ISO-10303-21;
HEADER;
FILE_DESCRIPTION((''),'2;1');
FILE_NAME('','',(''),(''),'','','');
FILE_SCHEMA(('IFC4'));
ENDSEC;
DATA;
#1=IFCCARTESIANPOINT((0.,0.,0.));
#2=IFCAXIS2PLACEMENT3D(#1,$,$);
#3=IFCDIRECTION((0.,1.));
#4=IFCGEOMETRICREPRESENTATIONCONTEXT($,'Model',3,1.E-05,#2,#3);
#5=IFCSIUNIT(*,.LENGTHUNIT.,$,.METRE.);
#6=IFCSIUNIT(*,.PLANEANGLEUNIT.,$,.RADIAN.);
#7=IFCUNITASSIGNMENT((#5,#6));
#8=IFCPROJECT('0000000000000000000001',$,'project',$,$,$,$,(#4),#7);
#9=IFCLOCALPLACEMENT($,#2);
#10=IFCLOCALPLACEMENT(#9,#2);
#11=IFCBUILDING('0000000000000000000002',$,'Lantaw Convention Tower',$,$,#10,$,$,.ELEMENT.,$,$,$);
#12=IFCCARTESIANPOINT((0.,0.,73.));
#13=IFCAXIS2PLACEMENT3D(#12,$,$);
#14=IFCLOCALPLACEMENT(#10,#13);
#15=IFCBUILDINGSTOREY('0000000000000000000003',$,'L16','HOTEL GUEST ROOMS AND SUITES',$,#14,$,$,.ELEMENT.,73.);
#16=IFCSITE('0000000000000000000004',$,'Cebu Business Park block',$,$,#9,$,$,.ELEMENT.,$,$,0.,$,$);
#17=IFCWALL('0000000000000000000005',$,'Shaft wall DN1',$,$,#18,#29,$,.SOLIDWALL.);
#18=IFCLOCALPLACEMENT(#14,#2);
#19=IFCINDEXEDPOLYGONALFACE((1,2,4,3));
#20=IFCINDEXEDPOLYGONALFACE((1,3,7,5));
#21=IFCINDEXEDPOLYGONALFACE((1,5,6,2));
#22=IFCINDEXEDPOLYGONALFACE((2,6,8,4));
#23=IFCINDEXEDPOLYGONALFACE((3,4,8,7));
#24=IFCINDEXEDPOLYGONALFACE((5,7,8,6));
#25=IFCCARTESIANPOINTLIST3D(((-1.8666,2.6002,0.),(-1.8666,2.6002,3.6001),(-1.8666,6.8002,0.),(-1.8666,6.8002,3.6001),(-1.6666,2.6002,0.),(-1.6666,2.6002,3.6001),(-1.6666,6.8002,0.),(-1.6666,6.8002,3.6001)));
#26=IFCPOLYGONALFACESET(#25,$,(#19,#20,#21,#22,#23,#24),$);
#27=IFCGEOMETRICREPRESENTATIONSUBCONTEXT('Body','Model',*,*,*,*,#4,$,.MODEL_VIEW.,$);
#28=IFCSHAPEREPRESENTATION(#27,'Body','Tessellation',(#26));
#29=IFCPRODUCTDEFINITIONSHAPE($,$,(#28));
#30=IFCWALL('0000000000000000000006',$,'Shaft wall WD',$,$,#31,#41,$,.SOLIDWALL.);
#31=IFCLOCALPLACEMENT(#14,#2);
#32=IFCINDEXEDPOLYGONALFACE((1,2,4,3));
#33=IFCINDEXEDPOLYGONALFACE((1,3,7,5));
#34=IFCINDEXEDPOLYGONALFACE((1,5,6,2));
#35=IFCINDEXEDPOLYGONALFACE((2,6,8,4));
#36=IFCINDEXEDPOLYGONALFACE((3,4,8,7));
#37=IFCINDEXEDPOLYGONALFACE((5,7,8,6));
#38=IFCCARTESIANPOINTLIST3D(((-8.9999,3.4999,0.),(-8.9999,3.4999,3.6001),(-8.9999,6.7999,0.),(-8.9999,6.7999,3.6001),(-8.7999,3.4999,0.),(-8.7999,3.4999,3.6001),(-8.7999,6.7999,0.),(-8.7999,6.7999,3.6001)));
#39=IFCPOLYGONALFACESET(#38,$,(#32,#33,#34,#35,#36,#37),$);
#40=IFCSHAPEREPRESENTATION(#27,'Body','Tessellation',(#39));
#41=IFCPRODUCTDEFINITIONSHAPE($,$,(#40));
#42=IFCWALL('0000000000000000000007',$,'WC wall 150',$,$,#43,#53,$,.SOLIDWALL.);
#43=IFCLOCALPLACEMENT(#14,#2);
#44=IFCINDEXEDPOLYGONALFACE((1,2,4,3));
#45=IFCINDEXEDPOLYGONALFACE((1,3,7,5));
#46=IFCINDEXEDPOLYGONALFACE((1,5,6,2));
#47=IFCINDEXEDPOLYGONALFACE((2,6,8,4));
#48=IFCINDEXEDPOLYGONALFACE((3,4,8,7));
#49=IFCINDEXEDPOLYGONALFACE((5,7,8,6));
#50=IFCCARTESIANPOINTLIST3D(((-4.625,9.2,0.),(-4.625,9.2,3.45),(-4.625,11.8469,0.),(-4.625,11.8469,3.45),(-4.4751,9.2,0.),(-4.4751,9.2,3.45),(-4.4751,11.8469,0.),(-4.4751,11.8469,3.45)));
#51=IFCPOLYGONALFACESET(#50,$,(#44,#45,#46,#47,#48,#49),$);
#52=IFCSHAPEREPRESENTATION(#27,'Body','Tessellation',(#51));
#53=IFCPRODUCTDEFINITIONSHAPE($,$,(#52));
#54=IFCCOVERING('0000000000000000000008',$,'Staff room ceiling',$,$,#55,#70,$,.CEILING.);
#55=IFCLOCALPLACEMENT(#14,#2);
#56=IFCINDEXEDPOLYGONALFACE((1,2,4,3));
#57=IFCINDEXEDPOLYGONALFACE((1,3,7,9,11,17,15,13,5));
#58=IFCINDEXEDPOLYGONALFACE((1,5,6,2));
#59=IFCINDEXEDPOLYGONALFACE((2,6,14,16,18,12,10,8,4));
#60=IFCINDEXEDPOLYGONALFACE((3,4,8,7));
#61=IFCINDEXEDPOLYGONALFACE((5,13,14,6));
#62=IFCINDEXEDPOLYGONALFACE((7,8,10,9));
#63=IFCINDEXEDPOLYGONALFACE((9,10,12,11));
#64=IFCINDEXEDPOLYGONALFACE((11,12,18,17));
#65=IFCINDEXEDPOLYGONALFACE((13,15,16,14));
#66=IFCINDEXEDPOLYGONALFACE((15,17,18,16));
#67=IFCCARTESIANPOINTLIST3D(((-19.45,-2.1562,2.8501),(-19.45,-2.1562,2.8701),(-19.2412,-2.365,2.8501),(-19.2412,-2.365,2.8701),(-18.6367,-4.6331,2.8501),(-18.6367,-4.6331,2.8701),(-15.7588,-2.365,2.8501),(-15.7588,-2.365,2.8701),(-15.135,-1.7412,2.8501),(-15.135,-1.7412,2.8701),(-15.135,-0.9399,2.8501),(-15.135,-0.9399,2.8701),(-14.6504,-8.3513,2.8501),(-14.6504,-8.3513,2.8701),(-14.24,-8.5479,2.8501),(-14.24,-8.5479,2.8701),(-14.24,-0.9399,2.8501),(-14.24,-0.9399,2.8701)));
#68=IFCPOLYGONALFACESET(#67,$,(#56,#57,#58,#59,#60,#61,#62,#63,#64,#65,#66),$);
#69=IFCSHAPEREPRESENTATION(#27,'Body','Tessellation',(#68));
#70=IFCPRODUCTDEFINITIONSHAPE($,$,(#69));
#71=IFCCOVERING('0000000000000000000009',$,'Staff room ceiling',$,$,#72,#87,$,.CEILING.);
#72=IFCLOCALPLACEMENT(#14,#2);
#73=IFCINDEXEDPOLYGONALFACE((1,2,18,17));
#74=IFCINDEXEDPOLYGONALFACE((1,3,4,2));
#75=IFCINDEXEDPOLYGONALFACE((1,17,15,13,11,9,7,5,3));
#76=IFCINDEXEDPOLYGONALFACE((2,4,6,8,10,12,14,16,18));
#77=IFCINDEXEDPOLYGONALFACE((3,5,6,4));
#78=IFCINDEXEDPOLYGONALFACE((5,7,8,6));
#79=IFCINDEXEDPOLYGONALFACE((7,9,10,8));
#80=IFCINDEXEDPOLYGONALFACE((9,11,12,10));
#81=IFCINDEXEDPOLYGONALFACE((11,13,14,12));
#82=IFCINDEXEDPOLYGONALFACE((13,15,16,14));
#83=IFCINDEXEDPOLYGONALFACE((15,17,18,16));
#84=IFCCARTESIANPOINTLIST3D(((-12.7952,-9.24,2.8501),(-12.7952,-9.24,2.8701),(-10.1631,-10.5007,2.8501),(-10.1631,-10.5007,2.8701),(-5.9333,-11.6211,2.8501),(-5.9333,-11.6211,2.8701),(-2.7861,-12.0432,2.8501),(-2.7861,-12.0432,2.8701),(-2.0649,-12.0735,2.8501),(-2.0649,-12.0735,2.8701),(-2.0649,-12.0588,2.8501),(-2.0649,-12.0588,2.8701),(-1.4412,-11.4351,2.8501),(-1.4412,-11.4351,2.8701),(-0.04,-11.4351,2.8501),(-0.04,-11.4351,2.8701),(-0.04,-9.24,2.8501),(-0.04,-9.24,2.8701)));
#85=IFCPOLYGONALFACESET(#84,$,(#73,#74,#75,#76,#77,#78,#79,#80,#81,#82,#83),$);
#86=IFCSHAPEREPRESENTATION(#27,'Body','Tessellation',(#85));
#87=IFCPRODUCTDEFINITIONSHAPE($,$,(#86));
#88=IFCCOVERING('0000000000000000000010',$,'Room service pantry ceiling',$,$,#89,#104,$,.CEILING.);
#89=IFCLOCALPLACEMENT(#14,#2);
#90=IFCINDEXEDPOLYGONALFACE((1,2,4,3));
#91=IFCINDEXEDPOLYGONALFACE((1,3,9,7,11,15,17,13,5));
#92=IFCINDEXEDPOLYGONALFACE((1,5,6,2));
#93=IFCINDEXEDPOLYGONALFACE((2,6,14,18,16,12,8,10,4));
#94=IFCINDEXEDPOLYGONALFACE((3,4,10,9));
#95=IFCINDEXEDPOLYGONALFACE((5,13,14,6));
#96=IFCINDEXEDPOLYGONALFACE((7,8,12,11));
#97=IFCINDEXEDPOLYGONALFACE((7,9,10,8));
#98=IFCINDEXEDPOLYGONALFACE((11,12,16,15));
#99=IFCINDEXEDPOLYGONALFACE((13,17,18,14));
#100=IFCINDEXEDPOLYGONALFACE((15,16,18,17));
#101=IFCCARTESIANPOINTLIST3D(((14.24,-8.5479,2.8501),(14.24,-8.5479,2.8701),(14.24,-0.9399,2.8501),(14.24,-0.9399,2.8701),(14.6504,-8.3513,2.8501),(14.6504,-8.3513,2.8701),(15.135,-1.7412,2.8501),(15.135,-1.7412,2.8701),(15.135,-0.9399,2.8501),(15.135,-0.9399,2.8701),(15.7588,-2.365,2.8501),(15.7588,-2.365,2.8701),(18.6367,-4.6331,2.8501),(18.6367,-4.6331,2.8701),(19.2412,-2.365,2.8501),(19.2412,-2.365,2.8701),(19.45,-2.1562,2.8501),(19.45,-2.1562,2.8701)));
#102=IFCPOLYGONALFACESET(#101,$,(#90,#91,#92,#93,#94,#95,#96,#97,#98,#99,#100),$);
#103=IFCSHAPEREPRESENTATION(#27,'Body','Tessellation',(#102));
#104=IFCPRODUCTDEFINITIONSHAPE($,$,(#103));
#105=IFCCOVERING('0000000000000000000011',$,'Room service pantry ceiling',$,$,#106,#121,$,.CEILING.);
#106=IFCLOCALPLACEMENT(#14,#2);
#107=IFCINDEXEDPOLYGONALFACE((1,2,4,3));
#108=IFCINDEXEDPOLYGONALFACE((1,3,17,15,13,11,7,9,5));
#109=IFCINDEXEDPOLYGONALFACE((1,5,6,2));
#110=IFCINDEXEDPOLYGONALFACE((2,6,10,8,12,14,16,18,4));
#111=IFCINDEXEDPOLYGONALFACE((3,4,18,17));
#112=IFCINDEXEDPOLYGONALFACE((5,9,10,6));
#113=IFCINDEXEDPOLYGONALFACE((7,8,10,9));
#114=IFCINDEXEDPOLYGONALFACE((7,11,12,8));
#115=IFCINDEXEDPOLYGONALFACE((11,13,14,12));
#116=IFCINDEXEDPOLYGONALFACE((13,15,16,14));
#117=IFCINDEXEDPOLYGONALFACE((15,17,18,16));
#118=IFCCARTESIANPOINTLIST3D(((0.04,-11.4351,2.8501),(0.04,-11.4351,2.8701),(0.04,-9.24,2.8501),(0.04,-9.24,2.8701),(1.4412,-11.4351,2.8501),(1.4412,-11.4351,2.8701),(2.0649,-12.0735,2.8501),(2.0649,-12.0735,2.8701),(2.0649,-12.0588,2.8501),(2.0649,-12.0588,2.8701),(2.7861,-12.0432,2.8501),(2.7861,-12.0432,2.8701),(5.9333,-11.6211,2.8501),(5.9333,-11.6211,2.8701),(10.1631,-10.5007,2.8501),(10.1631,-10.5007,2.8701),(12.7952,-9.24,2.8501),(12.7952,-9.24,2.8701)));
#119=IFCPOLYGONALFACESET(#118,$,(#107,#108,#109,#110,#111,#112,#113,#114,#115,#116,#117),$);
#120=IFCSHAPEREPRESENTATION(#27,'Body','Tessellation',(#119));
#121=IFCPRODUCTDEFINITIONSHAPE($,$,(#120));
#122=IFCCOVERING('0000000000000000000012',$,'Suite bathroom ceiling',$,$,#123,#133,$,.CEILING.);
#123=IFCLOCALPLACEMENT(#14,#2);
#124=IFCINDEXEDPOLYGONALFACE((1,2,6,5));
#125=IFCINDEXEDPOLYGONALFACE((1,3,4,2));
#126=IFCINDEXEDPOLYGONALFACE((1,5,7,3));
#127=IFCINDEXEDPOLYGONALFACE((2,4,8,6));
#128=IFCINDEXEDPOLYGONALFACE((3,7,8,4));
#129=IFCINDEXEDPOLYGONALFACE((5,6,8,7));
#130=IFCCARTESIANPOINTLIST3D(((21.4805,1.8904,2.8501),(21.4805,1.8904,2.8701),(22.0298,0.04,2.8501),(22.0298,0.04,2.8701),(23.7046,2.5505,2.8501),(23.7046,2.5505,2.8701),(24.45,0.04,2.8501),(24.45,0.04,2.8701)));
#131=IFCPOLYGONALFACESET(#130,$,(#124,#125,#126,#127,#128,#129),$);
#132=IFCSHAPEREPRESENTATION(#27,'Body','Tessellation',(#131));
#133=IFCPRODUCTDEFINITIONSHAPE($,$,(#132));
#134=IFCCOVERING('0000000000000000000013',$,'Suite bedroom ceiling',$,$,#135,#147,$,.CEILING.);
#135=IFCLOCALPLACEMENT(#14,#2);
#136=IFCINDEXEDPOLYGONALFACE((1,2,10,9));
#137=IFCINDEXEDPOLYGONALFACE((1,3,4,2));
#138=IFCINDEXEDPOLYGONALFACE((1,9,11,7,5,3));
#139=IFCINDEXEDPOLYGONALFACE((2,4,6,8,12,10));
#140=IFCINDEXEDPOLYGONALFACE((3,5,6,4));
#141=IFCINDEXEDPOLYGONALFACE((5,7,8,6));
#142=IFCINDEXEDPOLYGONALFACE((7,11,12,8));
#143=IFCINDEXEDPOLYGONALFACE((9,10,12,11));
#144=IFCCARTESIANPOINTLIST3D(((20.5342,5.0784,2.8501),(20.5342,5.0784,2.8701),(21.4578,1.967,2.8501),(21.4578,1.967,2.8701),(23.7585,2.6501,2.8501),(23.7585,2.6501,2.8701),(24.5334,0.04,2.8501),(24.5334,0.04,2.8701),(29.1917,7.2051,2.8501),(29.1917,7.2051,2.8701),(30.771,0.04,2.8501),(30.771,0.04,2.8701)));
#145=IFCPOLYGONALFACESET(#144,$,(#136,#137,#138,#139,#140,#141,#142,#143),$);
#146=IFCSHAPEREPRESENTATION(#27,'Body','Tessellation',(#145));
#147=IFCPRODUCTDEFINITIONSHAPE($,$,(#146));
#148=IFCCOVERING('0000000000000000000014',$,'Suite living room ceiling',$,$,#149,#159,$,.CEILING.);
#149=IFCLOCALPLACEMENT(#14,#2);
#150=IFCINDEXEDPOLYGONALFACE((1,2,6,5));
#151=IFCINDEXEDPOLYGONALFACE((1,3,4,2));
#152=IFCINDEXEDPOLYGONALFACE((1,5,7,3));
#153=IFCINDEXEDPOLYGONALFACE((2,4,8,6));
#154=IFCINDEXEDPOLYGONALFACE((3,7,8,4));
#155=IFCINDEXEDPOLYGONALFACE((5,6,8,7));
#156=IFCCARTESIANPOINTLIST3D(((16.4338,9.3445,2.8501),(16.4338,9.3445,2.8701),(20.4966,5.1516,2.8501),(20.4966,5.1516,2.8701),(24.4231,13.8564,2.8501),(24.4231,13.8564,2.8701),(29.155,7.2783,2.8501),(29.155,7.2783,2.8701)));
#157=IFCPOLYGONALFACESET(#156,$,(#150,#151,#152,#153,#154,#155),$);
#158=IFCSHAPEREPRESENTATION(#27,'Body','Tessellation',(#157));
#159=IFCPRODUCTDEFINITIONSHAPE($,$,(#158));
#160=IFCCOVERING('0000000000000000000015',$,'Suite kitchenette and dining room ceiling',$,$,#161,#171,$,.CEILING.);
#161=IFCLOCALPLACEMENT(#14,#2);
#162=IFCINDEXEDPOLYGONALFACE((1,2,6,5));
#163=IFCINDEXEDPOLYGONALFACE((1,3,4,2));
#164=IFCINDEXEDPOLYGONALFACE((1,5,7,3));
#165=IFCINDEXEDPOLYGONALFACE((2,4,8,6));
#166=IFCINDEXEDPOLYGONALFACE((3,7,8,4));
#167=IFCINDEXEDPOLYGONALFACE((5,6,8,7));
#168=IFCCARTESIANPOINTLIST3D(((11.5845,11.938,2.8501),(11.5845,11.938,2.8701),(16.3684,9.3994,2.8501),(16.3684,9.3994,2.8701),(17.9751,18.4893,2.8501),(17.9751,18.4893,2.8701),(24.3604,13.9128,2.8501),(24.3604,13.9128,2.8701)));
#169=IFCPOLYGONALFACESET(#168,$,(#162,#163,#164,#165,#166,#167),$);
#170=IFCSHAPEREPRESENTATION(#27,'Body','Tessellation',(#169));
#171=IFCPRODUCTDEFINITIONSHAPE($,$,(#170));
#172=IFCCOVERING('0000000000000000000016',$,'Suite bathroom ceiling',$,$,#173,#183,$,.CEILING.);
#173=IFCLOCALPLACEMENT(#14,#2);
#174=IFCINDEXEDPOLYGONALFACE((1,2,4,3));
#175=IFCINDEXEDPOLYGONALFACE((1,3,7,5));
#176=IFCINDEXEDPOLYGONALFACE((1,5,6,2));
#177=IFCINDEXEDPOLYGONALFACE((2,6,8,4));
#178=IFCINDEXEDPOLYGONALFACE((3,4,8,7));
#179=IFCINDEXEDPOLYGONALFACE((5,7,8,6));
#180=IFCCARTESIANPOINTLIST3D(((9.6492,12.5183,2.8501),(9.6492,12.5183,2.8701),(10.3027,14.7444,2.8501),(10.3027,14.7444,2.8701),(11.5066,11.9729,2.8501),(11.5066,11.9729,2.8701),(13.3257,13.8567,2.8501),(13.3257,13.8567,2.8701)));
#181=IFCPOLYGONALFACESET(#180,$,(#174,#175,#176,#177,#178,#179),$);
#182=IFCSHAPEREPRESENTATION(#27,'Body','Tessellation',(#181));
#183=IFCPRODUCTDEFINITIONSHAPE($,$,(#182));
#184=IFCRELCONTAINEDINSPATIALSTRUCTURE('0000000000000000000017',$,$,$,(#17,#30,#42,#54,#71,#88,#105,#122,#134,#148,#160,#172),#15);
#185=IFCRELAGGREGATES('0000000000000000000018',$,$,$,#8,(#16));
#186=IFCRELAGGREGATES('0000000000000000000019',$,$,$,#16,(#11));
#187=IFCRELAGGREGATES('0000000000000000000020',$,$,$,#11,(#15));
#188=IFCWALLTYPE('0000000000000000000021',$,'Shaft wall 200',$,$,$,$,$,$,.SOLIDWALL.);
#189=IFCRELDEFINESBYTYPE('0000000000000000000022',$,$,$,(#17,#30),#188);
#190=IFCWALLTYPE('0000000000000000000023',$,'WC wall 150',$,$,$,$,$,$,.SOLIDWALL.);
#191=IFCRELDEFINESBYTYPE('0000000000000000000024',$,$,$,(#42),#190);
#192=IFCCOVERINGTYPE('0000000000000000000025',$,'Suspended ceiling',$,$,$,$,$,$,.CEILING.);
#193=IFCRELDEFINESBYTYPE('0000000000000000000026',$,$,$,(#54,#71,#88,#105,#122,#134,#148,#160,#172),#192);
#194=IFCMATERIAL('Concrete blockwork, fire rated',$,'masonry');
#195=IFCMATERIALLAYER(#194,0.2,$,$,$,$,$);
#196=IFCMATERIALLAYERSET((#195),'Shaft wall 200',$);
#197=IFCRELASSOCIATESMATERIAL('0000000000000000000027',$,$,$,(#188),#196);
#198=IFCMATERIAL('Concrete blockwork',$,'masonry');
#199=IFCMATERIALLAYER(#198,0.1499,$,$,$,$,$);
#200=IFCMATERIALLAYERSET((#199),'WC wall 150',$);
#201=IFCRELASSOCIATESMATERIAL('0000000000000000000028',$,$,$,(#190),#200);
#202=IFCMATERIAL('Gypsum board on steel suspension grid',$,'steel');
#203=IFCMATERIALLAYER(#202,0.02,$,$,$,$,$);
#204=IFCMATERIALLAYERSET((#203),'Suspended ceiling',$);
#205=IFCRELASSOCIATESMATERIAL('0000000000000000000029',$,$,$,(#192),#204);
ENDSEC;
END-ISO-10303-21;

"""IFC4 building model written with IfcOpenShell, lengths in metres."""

from ifc_helpers import new_model, si_unit, direction, frame, frame_2d, origin, place, context, subcontext, project, spatial, polyline, rectangle, outline, extrude, material, layer, layer_set, type_object, element, save


model = new_model("IFC4")

# Units and contexts
model_context = context("Model", 3, precision=1e-05, world=origin(), true_north=direction((0.0, 1.0)))
body_context = subcontext(model_context, "Body", "Model", "MODEL_VIEW")
ifc_project = project(units=[si_unit("LENGTHUNIT", "METRE"), si_unit("PLANEANGLEUNIT", "RADIAN")], contexts=[model_context])

# Site, building, storey
site_placement = place(None, origin())
site = spatial("IfcSite", under=ifc_project, at=site_placement, Name="Cebu Business Park block", CompositionType="ELEMENT", RefElevation=0.0)
building_placement = place(site_placement, origin())
building = spatial("IfcBuilding", under=site, at=building_placement, Name="Lantaw Convention Tower", CompositionType="ELEMENT")
storey_placement = place(building_placement, frame((0.0, 0.0, 73.0)))
storey = spatial("IfcBuildingStorey", under=building, at=storey_placement, Name="L16", Description="HOTEL GUEST ROOMS AND SUITES", CompositionType="ELEMENT", Elevation=73.0)

# Walls
ifc_material_1 = material(Name="Concrete blockwork, fire rated", Category="masonry")
ifc_layer_1 = layer(ifc_material_1, 0.2)
ifc_layer_set_1 = layer_set([ifc_layer_1], Name="Shaft wall 200")
wall_type_1 = type_object("IfcWallType", Name="Shaft wall 200", PredefinedType="SOLIDWALL", material=ifc_layer_set_1)
wall_1_placement = place(storey_placement, frame((-1.7666, 2.6001, 0.0), z_axis=(0.0, 0.0, 1.0), x_axis=(0.0, 1.0, 0.0)))
element("IfcWall", 1, at=wall_1_placement, inside=storey, type_object=wall_type_1, Name="Shaft wall DN1", PredefinedType="SOLIDWALL", context=body_context, shape_type="SweptSolid", body=[
    extrude(rectangle(XDim=4.2, YDim=0.2, at=frame_2d((2.1001, 0.0))), origin(), (0.0, 0.0, 1.0), 3.6001),
])
wall_2_placement = place(storey_placement, frame((-8.8999, 3.5, 0.0), z_axis=(0.0, 0.0, 1.0), x_axis=(0.0, 1.0, 0.0)))
element("IfcWall", 2, at=wall_2_placement, inside=storey, type_object=wall_type_1, Name="Shaft wall WD", PredefinedType="SOLIDWALL", context=body_context, shape_type="SweptSolid", body=[
    extrude(rectangle(XDim=3.3, YDim=0.2, at=frame_2d((1.6499, 0.0))), origin(), (0.0, 0.0, 1.0), 3.6001),
])
ifc_material_2 = material(Name="Concrete blockwork", Category="masonry")
ifc_layer_2 = layer(ifc_material_2, 0.1499)
ifc_layer_set_2 = layer_set([ifc_layer_2], Name="WC wall 150")
wall_type_2 = type_object("IfcWallType", Name="WC wall 150", PredefinedType="SOLIDWALL", material=ifc_layer_set_2)
wall_3_placement = place(storey_placement, frame((-4.55, 9.2, 0.0), z_axis=(0.0, 0.0, 1.0), x_axis=(0.0, 1.0, 0.0)))
element("IfcWall", 3, at=wall_3_placement, inside=storey, type_object=wall_type_2, Name="WC wall 150", PredefinedType="SOLIDWALL", context=body_context, shape_type="SweptSolid", body=[
    extrude(rectangle(XDim=2.647, YDim=0.1499, at=frame_2d((1.3235, 0.0))), origin(), (0.0, 0.0, 1.0), 3.45),
])

# Coverings
ifc_material_3 = material(Name="Gypsum board on steel suspension grid", Category="steel")
ifc_layer_3 = layer(ifc_material_3, 0.02)
ifc_layer_set_3 = layer_set([ifc_layer_3], Name="Suspended ceiling")
covering_type = type_object("IfcCoveringType", Name="Suspended ceiling", PredefinedType="CEILING", material=ifc_layer_set_3)
covering_1_placement = place(storey_placement, frame((0.0, 0.0, 2.8501)))
element("IfcCovering", 4, at=covering_1_placement, inside=storey, type_object=covering_type, Name="Staff room ceiling", PredefinedType="CEILING", context=body_context, shape_type="SweptSolid", body=[
    extrude(outline(polyline([(-14.24, -0.9399), (-15.135, -0.9399), (-15.135, -1.7412), (-15.7588, -2.365), (-19.2412, -2.365), (-19.45, -2.1562), (-18.6367, -4.6331), (-14.6504, -8.3513), (-14.24, -8.5479), (-14.24, -0.9399)])), origin(), (0.0, 0.0, 1.0), 0.02),
])
covering_2_placement = place(storey_placement, frame((0.0, 0.0, 2.8501)))
element("IfcCovering", 5, at=covering_2_placement, inside=storey, type_object=covering_type, Name="Staff room ceiling", PredefinedType="CEILING", context=body_context, shape_type="SweptSolid", body=[
    extrude(outline(polyline([(-5.9333, -11.6211), (-2.7861, -12.0432), (-2.0649, -12.0735), (-2.0649, -12.0588), (-1.4412, -11.4351), (-0.04, -11.4351), (-0.04, -9.24), (-12.7952, -9.24), (-10.1631, -10.5007), (-5.9333, -11.6211)])), origin(), (0.0, 0.0, 1.0), 0.02),
])
covering_3_placement = place(storey_placement, frame((0.0, 0.0, 2.8501)))
element("IfcCovering", 6, at=covering_3_placement, inside=storey, type_object=covering_type, Name="Room service pantry ceiling", PredefinedType="CEILING", context=body_context, shape_type="SweptSolid", body=[
    extrude(outline(polyline([(14.24, -8.5479), (14.6504, -8.3513), (18.6367, -4.6331), (19.45, -2.1562), (19.2412, -2.365), (15.7588, -2.365), (15.135, -1.7412), (15.135, -0.9399), (14.24, -0.9399), (14.24, -8.5479)])), origin(), (0.0, 0.0, 1.0), 0.02),
])
covering_4_placement = place(storey_placement, frame((0.0, 0.0, 2.8501)))
element("IfcCovering", 7, at=covering_4_placement, inside=storey, type_object=covering_type, Name="Room service pantry ceiling", PredefinedType="CEILING", context=body_context, shape_type="SweptSolid", body=[
    extrude(outline(polyline([(2.0649, -12.0735), (2.7861, -12.0432), (5.9333, -11.6211), (10.1631, -10.5007), (12.7952, -9.24), (0.04, -9.24), (0.04, -11.4351), (1.4412, -11.4351), (2.0649, -12.0588), (2.0649, -12.0735)])), origin(), (0.0, 0.0, 1.0), 0.02),
])
covering_5_placement = place(storey_placement, frame((0.0, 0.0, 2.8501)))
element("IfcCovering", 8, at=covering_5_placement, inside=storey, type_object=covering_type, Name="Suite bathroom ceiling", PredefinedType="CEILING", context=body_context, shape_type="SweptSolid", body=[
    extrude(outline(polyline([(22.0298, 0.04), (24.45, 0.04), (23.7046, 2.5505), (21.4805, 1.8904), (22.0298, 0.04)])), origin(), (0.0, 0.0, 1.0), 0.02),
])
covering_6_placement = place(storey_placement, frame((0.0, 0.0, 2.8501)))
element("IfcCovering", 9, at=covering_6_placement, inside=storey, type_object=covering_type, Name="Suite bedroom ceiling", PredefinedType="CEILING", context=body_context, shape_type="SweptSolid", body=[
    extrude(outline(polyline([(20.5342, 5.0784), (21.4578, 1.967), (23.7585, 2.6501), (24.5334, 0.04), (30.771, 0.04), (29.1917, 7.2051), (20.5342, 5.0784)])), origin(), (0.0, 0.0, 1.0), 0.02),
])
covering_7_placement = place(storey_placement, frame((0.0, 0.0, 2.8501)))
element("IfcCovering", 10, at=covering_7_placement, inside=storey, type_object=covering_type, Name="Suite living room ceiling", PredefinedType="CEILING", context=body_context, shape_type="SweptSolid", body=[
    extrude(outline(polyline([(20.4966, 5.1516), (29.155, 7.2783), (24.4231, 13.8564), (16.4338, 9.3445), (20.4966, 5.1516)])), origin(), (0.0, 0.0, 1.0), 0.02),
])
covering_8_placement = place(storey_placement, frame((0.0, 0.0, 2.8501)))
element("IfcCovering", 11, at=covering_8_placement, inside=storey, type_object=covering_type, Name="Suite kitchenette and dining room ceiling", PredefinedType="CEILING", context=body_context, shape_type="SweptSolid", body=[
    extrude(outline(polyline([(16.3684, 9.3994), (24.3604, 13.9128), (17.9751, 18.4893), (11.5845, 11.938), (16.3684, 9.3994)])), origin(), (0.0, 0.0, 1.0), 0.02),
])
covering_9_placement = place(storey_placement, frame((0.0, 0.0, 2.8501)))
element("IfcCovering", 12, at=covering_9_placement, inside=storey, type_object=covering_type, Name="Suite bathroom ceiling", PredefinedType="CEILING", context=body_context, shape_type="SweptSolid", body=[
    extrude(outline(polyline([(11.5066, 11.9729), (13.3257, 13.8567), (10.3027, 14.7444), (9.6492, 12.5183), (11.5066, 11.9729)])), origin(), (0.0, 0.0, 1.0), 0.02),
])

save(model, "model.ifc")
